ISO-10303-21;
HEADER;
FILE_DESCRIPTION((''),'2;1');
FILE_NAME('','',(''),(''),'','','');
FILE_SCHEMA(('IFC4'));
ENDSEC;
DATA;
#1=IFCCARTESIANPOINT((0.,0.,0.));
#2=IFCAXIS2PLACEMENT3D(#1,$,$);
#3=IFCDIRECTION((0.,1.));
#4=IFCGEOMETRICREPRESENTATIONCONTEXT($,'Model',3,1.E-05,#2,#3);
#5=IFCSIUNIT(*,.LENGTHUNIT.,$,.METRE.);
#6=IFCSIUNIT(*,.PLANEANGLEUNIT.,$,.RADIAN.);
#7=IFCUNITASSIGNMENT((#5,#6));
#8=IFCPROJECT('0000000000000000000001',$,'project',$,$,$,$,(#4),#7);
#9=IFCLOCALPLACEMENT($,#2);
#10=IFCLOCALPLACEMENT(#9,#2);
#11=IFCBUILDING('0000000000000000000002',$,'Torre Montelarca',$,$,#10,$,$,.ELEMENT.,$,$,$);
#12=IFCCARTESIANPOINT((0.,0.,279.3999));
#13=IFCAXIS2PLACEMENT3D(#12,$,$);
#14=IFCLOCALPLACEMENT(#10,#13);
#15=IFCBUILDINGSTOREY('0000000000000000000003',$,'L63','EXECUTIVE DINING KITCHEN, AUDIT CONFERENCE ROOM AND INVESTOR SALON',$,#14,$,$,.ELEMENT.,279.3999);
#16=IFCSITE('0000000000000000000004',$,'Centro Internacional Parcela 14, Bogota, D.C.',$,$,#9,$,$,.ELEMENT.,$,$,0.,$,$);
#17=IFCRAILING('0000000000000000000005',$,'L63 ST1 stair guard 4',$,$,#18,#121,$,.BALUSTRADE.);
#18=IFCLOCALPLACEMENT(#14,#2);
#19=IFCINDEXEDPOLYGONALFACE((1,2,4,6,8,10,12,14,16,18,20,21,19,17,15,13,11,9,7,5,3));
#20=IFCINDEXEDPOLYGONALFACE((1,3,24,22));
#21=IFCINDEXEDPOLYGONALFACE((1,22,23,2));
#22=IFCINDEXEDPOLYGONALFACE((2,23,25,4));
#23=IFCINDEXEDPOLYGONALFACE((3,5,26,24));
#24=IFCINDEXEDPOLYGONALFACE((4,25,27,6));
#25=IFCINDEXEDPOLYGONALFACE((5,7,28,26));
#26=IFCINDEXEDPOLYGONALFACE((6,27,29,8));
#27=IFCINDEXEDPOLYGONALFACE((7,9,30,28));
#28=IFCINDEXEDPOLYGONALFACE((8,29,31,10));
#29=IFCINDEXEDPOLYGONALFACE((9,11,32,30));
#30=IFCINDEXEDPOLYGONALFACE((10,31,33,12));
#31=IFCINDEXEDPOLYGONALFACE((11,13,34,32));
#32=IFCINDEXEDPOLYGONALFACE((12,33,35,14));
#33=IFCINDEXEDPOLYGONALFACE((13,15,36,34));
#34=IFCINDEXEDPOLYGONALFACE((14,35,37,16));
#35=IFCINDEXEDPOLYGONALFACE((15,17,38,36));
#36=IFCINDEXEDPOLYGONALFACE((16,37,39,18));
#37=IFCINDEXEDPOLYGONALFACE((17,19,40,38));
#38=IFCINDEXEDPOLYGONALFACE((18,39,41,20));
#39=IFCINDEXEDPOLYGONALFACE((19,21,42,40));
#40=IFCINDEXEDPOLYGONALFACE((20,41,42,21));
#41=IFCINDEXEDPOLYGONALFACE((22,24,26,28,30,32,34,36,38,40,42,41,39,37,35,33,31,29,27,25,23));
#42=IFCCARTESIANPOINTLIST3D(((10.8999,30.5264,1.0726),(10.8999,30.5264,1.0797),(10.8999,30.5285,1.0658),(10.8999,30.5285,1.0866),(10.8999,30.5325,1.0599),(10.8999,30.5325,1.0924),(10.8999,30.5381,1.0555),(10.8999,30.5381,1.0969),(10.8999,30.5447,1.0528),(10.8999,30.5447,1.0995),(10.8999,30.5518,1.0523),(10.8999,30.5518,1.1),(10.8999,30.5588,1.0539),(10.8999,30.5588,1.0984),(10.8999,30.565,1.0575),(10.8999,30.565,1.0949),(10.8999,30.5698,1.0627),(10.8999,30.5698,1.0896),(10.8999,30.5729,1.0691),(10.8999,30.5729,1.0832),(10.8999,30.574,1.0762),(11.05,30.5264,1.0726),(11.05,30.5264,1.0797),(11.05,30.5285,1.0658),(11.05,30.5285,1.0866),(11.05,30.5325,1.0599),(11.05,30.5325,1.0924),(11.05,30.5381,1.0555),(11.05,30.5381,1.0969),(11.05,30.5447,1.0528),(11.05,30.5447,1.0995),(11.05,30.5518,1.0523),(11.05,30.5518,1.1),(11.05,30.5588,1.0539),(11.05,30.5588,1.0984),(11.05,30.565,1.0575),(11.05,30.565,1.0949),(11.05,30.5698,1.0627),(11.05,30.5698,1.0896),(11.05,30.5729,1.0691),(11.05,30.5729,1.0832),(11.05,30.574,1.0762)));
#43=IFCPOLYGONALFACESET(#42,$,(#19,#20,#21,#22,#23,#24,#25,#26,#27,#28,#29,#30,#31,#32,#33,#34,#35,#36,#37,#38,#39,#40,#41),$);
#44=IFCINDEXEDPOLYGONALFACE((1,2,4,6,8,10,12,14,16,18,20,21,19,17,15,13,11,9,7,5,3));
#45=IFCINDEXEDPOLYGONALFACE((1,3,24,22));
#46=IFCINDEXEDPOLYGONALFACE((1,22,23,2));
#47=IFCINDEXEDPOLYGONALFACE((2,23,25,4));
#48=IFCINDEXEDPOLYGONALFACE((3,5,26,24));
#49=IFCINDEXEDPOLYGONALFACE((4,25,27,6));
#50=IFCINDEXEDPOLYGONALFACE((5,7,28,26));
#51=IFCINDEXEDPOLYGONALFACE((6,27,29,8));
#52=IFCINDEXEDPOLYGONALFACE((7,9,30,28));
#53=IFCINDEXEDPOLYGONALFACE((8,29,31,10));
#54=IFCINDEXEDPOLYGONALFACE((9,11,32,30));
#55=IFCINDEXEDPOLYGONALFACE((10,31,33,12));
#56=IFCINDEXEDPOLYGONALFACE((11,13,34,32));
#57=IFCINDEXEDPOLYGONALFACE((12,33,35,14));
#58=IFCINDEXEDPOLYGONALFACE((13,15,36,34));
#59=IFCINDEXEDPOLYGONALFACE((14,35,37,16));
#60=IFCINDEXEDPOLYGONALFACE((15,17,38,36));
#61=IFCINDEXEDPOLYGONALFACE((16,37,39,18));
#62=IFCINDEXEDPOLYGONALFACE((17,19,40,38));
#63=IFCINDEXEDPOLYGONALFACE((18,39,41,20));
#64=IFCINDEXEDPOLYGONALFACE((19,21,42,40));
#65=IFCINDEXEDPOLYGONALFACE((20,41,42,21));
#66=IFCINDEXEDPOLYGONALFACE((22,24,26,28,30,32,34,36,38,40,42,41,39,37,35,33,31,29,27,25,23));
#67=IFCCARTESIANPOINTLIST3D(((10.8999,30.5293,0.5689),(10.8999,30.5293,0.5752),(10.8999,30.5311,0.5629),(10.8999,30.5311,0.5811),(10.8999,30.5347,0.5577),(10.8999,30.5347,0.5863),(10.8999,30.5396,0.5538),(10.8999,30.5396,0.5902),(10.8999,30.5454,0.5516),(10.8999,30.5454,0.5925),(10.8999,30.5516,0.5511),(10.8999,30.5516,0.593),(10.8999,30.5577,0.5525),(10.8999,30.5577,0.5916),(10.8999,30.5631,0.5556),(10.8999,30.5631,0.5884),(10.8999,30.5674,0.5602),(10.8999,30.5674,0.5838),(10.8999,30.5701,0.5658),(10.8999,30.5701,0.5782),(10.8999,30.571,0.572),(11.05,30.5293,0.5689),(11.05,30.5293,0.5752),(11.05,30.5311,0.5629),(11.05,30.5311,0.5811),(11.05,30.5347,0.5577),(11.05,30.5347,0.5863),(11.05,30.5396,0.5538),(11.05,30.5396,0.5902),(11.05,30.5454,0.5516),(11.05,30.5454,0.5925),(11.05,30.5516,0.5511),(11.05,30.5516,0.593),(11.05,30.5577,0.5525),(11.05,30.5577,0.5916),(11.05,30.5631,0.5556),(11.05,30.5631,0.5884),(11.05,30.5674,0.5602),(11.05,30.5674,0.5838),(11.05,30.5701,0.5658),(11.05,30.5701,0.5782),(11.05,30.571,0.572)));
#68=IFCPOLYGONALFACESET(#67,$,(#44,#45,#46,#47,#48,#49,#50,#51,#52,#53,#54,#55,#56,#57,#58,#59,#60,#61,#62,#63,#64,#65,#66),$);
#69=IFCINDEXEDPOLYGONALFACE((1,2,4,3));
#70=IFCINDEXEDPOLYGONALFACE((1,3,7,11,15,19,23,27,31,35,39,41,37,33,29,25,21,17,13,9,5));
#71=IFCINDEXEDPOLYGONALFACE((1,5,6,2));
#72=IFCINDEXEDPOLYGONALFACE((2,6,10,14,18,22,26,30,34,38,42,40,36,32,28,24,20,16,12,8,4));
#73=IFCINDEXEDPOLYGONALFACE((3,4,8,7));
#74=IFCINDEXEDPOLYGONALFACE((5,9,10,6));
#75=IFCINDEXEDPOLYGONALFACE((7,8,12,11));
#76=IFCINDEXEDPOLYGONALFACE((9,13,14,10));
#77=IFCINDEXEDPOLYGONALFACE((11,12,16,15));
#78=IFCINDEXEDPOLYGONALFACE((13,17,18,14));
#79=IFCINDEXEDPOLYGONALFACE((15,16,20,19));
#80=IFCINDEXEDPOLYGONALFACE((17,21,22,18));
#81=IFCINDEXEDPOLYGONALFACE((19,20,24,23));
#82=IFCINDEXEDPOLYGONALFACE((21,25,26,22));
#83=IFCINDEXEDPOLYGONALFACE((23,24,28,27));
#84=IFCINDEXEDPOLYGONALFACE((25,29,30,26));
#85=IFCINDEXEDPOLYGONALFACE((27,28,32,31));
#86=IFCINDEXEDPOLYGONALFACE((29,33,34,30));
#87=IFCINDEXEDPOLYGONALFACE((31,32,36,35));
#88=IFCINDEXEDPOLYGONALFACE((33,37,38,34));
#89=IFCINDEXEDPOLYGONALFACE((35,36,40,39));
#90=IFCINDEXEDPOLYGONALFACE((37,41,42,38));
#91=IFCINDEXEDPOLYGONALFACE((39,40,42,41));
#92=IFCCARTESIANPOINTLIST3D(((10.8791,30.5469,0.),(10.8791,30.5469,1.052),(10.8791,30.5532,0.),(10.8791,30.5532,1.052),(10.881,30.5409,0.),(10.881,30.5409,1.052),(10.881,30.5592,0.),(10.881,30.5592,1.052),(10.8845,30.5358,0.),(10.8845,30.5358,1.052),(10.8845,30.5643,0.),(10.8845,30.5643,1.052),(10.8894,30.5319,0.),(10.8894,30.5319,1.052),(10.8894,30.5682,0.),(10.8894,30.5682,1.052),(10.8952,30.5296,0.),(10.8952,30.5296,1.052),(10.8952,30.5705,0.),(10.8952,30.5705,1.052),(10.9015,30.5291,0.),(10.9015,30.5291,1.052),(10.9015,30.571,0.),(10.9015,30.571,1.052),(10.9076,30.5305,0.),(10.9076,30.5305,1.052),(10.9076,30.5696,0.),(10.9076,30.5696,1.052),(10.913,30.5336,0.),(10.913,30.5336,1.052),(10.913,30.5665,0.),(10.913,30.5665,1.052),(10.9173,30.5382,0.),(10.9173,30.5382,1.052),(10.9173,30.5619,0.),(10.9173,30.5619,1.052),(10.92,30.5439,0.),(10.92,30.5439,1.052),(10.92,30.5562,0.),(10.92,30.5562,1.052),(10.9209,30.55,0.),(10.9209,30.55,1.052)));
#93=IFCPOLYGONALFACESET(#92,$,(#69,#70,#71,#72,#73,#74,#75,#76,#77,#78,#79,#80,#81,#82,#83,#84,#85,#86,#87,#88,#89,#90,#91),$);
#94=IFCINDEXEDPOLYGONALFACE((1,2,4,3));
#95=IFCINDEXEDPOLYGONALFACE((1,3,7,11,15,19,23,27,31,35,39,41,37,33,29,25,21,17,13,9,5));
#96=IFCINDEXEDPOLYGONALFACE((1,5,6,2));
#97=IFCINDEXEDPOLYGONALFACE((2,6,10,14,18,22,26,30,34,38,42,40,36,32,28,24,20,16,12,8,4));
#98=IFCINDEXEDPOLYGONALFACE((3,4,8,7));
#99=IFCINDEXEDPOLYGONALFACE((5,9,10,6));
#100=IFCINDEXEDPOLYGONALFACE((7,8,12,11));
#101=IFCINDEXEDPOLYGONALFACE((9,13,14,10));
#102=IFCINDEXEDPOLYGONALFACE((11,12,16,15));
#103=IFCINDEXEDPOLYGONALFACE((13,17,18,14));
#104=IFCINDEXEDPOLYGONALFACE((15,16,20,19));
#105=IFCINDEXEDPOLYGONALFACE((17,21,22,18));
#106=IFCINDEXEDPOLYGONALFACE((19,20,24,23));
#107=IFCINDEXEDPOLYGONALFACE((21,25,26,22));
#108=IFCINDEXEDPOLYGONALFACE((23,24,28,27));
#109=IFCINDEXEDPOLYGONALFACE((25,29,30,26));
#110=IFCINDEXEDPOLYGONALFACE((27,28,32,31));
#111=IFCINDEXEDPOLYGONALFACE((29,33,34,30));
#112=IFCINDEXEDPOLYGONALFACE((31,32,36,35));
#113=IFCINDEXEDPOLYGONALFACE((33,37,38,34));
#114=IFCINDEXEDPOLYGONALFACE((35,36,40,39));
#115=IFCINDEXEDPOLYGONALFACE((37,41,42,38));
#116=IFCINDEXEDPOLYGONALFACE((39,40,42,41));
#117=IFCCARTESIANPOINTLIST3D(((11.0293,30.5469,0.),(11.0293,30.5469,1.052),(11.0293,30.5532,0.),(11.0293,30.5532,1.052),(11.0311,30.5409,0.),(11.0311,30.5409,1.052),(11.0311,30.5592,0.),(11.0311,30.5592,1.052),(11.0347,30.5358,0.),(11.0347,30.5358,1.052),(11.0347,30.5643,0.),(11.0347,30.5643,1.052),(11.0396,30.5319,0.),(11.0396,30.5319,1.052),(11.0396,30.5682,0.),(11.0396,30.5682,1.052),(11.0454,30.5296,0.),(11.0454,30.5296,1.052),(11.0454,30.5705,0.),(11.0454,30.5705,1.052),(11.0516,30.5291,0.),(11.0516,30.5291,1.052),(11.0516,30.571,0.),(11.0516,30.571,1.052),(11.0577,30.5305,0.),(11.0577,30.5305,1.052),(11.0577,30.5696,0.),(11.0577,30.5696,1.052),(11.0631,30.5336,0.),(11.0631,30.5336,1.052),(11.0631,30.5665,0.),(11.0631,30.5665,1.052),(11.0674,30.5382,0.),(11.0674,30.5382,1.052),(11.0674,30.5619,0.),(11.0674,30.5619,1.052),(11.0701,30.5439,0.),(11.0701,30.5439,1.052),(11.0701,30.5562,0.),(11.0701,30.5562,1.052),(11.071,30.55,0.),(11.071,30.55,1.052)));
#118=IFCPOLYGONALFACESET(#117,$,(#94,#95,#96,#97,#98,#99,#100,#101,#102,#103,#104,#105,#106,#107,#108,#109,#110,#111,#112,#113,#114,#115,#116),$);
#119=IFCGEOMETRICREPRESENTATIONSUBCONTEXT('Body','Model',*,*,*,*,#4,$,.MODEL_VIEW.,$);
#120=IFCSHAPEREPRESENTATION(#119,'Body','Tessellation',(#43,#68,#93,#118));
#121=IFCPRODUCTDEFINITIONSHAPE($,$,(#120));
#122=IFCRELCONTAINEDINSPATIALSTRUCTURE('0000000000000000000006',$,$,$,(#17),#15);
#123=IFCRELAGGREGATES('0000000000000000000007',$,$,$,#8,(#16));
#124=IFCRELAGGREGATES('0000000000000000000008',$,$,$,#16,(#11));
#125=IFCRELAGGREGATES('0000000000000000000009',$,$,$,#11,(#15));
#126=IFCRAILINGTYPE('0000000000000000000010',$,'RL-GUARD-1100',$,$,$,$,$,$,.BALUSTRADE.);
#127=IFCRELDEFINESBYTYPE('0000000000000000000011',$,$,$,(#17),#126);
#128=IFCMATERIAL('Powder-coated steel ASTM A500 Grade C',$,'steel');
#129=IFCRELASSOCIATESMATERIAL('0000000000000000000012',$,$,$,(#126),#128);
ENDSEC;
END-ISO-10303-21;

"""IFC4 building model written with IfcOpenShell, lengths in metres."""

from ifc_helpers import new_model, si_unit, direction, frame, origin, origin_2d, place, context, subcontext, project, spatial, circle, extrude, material, type_object, element, save


model = new_model("IFC4")

# Units and contexts
model_context = context("Model", 3, precision=1e-05, world=origin(), true_north=direction((0.0, 1.0)))
body_context = subcontext(model_context, "Body", "Model", "MODEL_VIEW")
ifc_project = project(units=[si_unit("LENGTHUNIT", "METRE"), si_unit("PLANEANGLEUNIT", "RADIAN")], contexts=[model_context])

# Site, building, storey
site_placement = place(None, origin())
site = spatial("IfcSite", under=ifc_project, at=site_placement, Name="Centro Internacional Parcela 14, Bogota, D.C.", CompositionType="ELEMENT", RefElevation=0.0)
building_placement = place(site_placement, origin())
building = spatial("IfcBuilding", under=site, at=building_placement, Name="Torre Montelarca", CompositionType="ELEMENT")
storey_placement = place(building_placement, frame((0.0, 0.0, 279.3999)))
storey = spatial("IfcBuildingStorey", under=building, at=storey_placement, Name="L63", Description="EXECUTIVE DINING KITCHEN, AUDIT CONFERENCE ROOM AND INVESTOR SALON", CompositionType="ELEMENT", Elevation=279.3999)

# Railing
ifc_material_1 = material(Name="Powder-coated steel ASTM A500 Grade C", Category="steel")
railing_type_1 = type_object("IfcRailingType", Name="RL-GUARD-1100", PredefinedType="BALUSTRADE", material=ifc_material_1)
railing_1_placement = place(storey_placement, frame((10.8999, 30.55, 0.0)))
element("IfcRailing", 1, at=railing_1_placement, inside=storey, type_object=railing_type_1, Name="L63 ST1 stair guard 4", PredefinedType="BALUSTRADE", context=body_context, shape_type="SweptSolid", body=[
    extrude(circle(Radius=0.0239, at=origin_2d()), frame((0.0, 0.0, 1.0762), z_axis=(1.0, 0.0, 0.0), x_axis=(0.0, 1.0, 0.0)), (0.0, 0.0, 1.0), 0.1501),
    extrude(circle(Radius=0.021, at=origin_2d()), frame((0.0, 0.0, 0.572), z_axis=(1.0, 0.0, 0.0), x_axis=(0.0, 1.0, 0.0)), (0.0, 0.0, 1.0), 0.1501),
    extrude(circle(Radius=0.021, at=origin_2d()), origin(), (0.0, 0.0, 1.0), 1.052),
    extrude(circle(Radius=0.021, at=origin_2d()), frame((0.1501, 0.0, 0.0)), (0.0, 0.0, 1.0), 1.052),
])

save(model, "model.ifc")
